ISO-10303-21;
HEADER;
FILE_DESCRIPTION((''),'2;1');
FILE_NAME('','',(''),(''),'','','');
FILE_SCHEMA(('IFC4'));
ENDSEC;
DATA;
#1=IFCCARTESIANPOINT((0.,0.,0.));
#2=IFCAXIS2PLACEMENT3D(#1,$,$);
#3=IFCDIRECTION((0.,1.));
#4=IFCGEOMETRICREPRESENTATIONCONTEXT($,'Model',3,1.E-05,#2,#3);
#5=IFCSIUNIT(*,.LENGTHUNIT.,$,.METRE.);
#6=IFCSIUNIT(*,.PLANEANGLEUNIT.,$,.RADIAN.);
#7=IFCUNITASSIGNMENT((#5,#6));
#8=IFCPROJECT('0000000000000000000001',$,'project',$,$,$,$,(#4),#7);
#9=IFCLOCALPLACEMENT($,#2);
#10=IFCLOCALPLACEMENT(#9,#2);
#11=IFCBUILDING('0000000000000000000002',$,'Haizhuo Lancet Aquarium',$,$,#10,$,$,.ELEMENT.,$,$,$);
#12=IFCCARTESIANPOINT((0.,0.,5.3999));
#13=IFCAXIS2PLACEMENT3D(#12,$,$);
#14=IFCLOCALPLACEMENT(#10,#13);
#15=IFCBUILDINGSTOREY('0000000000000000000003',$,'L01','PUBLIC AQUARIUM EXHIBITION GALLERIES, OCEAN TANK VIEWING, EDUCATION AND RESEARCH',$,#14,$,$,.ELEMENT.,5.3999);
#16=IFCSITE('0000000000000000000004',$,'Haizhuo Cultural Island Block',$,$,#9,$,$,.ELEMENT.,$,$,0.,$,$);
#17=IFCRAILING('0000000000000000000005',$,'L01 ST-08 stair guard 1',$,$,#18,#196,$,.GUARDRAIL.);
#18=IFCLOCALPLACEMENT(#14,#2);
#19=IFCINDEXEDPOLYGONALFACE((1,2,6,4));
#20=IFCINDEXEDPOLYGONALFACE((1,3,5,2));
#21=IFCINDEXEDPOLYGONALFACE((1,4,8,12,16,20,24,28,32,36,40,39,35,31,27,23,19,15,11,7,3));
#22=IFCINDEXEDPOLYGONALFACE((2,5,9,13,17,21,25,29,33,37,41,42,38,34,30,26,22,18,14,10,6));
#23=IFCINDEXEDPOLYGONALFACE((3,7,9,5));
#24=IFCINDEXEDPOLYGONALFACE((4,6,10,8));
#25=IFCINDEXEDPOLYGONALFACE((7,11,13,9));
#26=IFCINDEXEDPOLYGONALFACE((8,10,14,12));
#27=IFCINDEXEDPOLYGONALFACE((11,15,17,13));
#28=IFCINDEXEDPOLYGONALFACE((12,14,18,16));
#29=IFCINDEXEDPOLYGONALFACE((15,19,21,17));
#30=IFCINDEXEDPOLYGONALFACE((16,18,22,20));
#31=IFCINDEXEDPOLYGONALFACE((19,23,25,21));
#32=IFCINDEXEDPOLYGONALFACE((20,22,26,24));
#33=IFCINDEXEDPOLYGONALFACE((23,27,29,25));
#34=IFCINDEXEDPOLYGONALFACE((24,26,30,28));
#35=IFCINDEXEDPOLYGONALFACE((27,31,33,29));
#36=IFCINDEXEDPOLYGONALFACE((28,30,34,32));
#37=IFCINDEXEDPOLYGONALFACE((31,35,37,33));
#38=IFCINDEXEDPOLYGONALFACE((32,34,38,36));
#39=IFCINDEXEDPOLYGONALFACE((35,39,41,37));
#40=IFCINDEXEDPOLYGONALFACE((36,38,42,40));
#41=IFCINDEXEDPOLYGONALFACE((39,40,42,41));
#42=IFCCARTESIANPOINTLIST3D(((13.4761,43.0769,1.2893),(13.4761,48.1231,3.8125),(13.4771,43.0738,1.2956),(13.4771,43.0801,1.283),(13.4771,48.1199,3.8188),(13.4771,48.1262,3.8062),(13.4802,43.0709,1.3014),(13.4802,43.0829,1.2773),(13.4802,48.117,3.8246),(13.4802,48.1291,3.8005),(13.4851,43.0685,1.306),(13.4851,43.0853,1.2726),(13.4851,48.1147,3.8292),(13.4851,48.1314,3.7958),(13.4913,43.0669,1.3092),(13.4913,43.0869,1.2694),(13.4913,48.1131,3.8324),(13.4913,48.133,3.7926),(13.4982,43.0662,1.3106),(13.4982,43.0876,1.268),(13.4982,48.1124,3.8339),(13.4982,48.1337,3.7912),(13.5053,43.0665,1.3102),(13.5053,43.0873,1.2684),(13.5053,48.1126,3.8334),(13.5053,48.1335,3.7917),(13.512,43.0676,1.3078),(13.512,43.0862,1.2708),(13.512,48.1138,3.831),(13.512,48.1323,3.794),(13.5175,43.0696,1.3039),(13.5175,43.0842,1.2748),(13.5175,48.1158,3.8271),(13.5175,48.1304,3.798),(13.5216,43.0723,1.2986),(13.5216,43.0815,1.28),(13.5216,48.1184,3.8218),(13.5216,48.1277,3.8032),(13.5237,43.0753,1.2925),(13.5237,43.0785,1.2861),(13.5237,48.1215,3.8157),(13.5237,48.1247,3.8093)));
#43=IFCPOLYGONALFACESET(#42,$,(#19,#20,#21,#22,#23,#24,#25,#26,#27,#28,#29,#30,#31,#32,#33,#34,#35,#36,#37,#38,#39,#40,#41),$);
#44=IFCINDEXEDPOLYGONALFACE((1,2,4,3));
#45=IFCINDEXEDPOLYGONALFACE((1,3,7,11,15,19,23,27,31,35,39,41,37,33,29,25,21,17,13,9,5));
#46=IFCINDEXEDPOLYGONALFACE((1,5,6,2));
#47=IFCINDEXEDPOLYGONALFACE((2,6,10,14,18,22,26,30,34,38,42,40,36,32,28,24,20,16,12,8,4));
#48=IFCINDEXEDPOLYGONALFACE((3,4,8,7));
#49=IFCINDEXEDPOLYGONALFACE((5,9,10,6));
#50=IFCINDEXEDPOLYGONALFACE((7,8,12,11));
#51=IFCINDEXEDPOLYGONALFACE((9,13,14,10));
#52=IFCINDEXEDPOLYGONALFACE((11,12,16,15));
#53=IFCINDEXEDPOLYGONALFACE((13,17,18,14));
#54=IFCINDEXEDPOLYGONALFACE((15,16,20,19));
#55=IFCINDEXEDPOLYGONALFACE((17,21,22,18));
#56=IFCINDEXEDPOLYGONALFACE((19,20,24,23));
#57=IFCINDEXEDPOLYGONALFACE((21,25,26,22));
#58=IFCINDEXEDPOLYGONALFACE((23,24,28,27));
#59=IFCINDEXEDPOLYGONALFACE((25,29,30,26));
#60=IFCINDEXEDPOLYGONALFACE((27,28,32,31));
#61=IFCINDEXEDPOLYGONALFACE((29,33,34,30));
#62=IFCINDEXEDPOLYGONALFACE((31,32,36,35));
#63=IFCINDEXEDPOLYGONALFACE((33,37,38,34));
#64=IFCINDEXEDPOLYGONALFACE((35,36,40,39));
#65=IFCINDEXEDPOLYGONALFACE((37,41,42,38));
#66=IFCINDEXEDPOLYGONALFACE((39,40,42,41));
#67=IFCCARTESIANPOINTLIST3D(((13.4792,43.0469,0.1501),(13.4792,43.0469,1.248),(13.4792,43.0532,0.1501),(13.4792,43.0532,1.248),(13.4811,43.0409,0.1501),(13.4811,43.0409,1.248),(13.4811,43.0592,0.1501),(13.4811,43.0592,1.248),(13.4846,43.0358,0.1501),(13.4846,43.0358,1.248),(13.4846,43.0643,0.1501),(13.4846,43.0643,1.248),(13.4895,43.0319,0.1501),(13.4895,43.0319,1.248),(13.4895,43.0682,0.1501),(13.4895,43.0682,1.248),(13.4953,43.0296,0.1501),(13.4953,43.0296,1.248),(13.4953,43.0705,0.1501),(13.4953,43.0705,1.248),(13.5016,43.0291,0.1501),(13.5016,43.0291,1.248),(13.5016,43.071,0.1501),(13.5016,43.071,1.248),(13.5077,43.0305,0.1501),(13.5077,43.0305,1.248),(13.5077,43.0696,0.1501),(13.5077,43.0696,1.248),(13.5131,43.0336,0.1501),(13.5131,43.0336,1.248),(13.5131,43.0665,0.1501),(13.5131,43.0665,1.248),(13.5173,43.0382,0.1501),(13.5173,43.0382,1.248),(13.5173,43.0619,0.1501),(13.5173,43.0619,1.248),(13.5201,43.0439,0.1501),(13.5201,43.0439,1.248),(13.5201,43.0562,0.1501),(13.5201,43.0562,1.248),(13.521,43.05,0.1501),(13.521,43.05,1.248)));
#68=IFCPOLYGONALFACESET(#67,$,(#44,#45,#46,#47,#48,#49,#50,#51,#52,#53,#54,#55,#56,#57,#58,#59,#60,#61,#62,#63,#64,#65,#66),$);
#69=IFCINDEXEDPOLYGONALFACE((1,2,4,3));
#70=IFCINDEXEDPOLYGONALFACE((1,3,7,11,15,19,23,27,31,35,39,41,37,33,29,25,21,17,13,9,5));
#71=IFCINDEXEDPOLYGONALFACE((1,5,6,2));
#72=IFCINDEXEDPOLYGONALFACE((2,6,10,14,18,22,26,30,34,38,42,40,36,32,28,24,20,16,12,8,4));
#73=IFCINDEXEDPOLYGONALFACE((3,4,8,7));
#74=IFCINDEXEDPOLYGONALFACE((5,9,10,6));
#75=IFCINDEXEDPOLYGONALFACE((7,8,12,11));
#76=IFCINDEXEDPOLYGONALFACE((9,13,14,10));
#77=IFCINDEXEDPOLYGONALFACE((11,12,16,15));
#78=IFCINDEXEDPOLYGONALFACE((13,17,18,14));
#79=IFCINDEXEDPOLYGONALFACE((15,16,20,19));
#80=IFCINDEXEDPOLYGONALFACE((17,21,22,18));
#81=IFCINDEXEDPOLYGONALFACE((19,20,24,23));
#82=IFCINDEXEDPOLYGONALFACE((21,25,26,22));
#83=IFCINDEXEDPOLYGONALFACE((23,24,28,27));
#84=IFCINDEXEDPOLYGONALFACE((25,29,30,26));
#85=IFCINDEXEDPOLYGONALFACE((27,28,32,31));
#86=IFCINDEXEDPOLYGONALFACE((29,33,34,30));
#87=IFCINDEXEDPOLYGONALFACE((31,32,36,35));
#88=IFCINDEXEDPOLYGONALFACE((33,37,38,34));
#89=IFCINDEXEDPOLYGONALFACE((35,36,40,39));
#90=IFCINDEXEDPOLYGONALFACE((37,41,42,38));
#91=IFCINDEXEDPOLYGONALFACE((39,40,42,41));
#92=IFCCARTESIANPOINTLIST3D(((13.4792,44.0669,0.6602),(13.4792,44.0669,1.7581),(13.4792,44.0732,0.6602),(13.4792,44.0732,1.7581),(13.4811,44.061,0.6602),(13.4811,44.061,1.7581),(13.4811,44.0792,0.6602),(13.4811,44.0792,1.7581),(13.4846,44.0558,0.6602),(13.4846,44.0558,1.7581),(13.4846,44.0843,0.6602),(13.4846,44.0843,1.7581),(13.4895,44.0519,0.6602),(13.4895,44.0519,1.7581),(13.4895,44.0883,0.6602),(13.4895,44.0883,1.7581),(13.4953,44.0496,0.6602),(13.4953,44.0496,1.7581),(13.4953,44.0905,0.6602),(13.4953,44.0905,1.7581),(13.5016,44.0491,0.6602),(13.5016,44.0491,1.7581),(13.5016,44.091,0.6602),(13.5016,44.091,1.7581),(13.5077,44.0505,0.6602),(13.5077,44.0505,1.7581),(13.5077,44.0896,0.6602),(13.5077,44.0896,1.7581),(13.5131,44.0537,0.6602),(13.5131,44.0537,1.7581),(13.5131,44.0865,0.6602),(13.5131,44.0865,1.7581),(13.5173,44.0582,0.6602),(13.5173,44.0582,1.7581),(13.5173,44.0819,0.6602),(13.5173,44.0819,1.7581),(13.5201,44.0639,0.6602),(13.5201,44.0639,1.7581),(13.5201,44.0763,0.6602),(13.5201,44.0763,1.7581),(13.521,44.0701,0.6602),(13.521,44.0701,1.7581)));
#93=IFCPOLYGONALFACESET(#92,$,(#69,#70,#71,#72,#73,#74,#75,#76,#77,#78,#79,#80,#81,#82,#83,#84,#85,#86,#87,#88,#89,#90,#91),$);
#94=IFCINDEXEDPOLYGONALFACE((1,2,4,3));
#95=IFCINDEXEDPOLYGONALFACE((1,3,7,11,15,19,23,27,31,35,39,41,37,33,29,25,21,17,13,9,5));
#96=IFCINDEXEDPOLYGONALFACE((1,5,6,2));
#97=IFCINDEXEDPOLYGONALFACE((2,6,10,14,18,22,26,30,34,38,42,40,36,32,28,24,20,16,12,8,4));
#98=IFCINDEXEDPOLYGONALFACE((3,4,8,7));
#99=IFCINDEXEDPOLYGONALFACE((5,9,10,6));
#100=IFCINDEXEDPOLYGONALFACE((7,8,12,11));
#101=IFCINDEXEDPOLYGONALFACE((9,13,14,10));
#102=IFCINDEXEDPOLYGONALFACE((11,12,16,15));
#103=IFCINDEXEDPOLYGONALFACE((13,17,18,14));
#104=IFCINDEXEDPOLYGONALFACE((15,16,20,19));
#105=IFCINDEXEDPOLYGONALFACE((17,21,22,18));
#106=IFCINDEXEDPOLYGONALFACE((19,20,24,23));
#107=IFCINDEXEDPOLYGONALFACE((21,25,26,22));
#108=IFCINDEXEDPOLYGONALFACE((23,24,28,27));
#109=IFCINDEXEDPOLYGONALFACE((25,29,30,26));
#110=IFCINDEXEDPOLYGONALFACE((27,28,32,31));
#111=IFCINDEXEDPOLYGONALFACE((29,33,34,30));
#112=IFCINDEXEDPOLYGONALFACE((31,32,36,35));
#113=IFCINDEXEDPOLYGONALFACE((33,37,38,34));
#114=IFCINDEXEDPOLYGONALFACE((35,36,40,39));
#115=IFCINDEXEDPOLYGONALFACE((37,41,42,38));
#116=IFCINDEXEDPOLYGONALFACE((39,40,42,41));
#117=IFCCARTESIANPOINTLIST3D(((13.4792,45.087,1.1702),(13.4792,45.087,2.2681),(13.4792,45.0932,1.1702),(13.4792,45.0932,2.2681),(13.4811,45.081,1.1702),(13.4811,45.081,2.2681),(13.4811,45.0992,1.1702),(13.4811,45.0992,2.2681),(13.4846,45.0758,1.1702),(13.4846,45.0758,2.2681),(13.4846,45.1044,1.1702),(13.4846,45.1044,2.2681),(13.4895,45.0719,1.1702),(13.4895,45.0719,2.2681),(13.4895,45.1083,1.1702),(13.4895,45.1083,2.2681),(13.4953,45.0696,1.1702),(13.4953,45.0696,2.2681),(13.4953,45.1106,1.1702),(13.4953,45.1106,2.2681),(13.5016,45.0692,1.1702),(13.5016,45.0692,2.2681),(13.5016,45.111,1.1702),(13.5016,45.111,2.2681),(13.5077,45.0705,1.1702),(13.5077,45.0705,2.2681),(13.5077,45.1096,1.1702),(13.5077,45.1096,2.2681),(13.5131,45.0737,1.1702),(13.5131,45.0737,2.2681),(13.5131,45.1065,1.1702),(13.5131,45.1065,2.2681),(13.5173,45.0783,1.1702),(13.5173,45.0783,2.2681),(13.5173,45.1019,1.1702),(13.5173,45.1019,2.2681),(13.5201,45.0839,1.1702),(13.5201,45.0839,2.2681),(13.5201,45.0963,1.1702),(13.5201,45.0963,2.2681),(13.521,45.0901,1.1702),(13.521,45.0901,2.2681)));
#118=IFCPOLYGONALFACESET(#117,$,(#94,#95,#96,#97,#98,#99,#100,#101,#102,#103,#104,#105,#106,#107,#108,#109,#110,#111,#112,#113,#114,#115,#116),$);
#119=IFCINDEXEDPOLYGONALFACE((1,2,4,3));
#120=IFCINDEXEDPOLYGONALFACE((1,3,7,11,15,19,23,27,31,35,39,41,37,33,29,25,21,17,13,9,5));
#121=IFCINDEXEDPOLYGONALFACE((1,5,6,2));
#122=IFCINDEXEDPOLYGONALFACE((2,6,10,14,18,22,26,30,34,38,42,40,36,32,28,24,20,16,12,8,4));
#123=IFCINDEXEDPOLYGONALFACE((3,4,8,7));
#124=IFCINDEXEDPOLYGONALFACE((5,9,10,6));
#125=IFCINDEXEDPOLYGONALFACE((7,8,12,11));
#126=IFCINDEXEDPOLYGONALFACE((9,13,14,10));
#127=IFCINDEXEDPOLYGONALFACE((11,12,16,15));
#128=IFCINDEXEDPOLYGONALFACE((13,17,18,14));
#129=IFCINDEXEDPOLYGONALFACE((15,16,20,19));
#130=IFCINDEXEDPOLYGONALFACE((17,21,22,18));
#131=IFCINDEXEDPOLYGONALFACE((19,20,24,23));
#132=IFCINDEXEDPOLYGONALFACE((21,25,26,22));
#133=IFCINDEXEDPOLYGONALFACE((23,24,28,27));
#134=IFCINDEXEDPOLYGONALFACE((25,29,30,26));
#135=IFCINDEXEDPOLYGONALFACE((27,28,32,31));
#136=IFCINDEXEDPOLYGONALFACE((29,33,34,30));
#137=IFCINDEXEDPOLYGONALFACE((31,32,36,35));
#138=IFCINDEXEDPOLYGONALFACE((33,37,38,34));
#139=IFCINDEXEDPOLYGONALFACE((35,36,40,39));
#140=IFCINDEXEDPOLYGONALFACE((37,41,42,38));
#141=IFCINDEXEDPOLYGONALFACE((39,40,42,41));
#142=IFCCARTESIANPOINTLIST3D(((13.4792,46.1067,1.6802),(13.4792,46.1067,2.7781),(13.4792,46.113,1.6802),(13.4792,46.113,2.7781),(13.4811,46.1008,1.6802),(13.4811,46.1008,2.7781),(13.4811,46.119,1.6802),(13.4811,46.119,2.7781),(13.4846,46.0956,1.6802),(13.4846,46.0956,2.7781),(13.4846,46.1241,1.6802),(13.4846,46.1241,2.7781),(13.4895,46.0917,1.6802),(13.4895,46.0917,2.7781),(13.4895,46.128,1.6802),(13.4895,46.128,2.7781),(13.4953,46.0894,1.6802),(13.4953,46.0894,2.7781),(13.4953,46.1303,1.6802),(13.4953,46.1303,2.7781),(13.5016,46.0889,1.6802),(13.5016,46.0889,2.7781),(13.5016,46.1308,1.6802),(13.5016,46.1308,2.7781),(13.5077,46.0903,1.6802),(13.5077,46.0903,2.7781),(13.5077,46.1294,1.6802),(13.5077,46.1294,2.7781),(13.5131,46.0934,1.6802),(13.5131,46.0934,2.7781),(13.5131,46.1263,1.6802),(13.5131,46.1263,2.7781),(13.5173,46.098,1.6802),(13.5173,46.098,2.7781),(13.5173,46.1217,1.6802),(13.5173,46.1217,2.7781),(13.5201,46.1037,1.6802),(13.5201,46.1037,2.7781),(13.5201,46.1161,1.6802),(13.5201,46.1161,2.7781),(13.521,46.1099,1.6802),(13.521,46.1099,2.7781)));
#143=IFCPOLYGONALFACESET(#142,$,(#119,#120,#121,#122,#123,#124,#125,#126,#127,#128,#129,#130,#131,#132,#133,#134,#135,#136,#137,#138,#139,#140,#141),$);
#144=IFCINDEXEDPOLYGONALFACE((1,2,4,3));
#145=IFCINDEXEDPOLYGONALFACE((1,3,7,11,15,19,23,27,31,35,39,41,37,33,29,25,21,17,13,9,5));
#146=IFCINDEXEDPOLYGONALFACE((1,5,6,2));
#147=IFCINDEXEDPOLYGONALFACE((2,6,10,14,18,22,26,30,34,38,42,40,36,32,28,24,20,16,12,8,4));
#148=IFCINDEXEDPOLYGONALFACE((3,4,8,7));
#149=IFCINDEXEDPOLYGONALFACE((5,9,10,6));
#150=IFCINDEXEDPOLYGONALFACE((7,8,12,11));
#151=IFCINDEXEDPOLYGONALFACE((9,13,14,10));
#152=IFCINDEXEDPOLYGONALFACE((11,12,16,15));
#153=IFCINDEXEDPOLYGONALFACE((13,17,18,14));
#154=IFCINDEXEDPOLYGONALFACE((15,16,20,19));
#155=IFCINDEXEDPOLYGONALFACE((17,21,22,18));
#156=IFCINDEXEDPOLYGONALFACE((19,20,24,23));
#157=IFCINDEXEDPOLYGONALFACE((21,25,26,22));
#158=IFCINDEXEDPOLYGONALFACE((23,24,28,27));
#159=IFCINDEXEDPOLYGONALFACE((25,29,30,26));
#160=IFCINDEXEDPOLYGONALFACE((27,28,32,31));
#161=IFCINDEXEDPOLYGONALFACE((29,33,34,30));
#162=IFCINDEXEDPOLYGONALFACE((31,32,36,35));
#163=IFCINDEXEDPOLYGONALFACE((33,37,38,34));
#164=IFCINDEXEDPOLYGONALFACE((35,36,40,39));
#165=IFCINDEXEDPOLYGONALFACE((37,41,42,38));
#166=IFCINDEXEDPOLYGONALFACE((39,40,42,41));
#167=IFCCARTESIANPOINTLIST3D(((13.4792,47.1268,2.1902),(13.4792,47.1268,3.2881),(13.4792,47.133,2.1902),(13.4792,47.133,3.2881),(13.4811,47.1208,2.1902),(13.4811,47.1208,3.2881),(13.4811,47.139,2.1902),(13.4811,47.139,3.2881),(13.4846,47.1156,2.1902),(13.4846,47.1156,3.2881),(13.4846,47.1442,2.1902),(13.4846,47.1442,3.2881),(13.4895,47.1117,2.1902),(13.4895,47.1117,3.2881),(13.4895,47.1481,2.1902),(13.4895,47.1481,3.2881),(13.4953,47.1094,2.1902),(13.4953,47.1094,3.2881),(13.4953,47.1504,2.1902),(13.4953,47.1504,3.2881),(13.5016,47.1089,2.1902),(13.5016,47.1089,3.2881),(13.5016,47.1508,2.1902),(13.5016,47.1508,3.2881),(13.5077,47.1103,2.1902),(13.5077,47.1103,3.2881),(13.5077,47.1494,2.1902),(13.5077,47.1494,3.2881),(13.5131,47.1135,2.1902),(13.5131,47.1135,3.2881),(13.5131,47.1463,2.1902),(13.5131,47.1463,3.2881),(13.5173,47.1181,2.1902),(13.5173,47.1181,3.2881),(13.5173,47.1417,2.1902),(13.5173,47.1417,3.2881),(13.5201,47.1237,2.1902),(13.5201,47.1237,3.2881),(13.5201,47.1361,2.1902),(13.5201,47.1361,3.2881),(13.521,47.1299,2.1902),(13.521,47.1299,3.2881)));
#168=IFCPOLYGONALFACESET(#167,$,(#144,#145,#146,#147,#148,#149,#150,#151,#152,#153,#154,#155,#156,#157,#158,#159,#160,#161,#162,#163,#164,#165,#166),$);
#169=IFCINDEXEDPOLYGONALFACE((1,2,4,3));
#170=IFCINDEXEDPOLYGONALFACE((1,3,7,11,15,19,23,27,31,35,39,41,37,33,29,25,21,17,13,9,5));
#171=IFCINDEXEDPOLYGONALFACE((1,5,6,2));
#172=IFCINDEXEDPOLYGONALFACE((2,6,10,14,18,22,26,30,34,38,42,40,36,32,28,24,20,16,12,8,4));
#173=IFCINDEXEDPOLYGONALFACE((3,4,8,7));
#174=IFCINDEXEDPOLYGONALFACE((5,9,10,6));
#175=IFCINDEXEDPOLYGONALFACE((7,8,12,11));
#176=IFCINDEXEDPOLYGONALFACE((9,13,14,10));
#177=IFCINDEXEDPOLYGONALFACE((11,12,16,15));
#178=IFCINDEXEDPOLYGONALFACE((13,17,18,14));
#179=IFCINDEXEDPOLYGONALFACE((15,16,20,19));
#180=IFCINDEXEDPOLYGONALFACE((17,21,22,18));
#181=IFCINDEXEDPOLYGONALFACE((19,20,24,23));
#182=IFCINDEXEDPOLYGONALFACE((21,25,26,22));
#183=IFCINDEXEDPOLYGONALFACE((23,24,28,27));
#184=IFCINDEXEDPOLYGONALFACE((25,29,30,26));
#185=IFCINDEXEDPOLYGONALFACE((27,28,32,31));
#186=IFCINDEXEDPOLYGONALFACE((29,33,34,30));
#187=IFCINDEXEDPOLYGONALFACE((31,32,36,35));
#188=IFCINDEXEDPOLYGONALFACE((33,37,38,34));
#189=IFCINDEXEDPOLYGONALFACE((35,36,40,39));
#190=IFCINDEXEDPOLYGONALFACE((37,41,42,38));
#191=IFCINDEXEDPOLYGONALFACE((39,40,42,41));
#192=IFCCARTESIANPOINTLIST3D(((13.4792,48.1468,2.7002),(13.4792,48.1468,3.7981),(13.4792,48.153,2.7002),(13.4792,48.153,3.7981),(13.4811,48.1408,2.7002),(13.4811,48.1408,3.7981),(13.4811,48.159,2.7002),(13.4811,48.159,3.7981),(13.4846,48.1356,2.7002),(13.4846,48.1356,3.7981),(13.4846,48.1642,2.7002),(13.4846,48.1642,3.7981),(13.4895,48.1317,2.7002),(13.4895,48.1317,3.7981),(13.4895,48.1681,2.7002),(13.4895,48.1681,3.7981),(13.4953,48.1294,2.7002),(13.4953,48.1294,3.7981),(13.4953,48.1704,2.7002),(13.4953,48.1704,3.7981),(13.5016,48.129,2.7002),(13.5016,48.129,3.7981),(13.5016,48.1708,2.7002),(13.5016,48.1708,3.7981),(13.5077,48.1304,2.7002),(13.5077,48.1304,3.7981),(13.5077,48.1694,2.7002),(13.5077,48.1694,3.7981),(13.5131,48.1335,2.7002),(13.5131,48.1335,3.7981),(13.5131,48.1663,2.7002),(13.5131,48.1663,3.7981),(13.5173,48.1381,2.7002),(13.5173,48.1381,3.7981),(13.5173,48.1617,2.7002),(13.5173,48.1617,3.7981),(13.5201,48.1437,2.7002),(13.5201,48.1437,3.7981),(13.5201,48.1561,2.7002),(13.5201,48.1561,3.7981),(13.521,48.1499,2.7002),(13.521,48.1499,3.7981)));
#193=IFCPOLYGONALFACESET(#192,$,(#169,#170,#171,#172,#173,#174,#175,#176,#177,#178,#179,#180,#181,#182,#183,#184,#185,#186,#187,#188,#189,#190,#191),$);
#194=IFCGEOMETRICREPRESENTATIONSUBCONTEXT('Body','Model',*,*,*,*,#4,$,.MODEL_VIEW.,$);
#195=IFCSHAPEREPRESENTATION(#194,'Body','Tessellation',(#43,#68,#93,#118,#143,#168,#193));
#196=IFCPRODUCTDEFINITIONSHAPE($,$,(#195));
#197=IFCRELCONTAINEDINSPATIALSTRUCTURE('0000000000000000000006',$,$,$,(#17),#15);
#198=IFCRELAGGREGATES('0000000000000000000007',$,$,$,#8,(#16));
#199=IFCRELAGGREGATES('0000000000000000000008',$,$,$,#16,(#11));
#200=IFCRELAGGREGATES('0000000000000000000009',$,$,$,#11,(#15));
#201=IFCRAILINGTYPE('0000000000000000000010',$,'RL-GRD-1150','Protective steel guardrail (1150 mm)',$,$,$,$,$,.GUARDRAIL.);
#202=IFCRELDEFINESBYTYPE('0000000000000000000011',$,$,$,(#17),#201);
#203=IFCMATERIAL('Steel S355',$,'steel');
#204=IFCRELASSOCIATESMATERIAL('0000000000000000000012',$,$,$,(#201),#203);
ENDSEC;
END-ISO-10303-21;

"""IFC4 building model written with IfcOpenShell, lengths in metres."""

from ifc_helpers import new_model, si_unit, direction, frame, origin, origin_2d, place, context, subcontext, project, spatial, circle, extrude, material, type_object, element, save


model = new_model("IFC4")

# Units and contexts
model_context = context("Model", 3, precision=1e-05, world=origin(), true_north=direction((0.0, 1.0)))
body_context = subcontext(model_context, "Body", "Model", "MODEL_VIEW")
ifc_project = project(units=[si_unit("LENGTHUNIT", "METRE"), si_unit("PLANEANGLEUNIT", "RADIAN")], contexts=[model_context])

# Site, building, storey
site_placement = place(None, origin())
site = spatial("IfcSite", under=ifc_project, at=site_placement, Name="Haizhuo Cultural Island Block", CompositionType="ELEMENT", RefElevation=0.0)
building_placement = place(site_placement, origin())
building = spatial("IfcBuilding", under=site, at=building_placement, Name="Haizhuo Lancet Aquarium", CompositionType="ELEMENT")
storey_placement = place(building_placement, frame((0.0, 0.0, 5.3999)))
storey = spatial("IfcBuildingStorey", under=building, at=storey_placement, Name="L01", Description="PUBLIC AQUARIUM EXHIBITION GALLERIES, OCEAN TANK VIEWING, EDUCATION AND RESEARCH", CompositionType="ELEMENT", Elevation=5.3999)

# Shared definitions
ifc_material_1 = material(Name="Steel S355", Category="steel")

# Railing
railing_type_1 = type_object("IfcRailingType", Name="RL-GRD-1150", Description="Protective steel guardrail (1150 mm)", PredefinedType="GUARDRAIL", material=ifc_material_1)
railing_1_placement = place(storey_placement, frame((13.5, 43.05, 0.1501)))
element("IfcRailing", 1, at=railing_1_placement, inside=storey, type_object=railing_type_1, Name="L01 ST-08 stair guard 1", PredefinedType="GUARDRAIL", context=body_context, shape_type="SweptSolid", body=[
    extrude(circle(Radius=0.0239, at=origin_2d()), frame((0.0, 0.0269, 1.1392), z_axis=(0.0, 0.894419, 0.447231), x_axis=(-1.0, 0.0, 0.0)), (0.0, 0.0, 1.0), 5.6418),
    extrude(circle(Radius=0.021, at=origin_2d()), origin(), (0.0, 0.0, 1.0), 1.0979),
    extrude(circle(Radius=0.021, at=origin_2d()), frame((0.0, 1.02, 0.51)), (0.0, 0.0, 1.0), 1.0979),
    extrude(circle(Radius=0.021, at=origin_2d()), frame((0.0, 2.04, 1.02)), (0.0, 0.0, 1.0), 1.0979),
    extrude(circle(Radius=0.021, at=origin_2d()), frame((0.0, 3.0598, 1.53)), (0.0, 0.0, 1.0), 1.0979),
    extrude(circle(Radius=0.021, at=origin_2d()), frame((0.0, 4.0798, 2.04)), (0.0, 0.0, 1.0), 1.0979),
    extrude(circle(Radius=0.021, at=origin_2d()), frame((0.0, 5.0999, 2.55)), (0.0, 0.0, 1.0), 1.0979),
])

save(model, "model.ifc")
